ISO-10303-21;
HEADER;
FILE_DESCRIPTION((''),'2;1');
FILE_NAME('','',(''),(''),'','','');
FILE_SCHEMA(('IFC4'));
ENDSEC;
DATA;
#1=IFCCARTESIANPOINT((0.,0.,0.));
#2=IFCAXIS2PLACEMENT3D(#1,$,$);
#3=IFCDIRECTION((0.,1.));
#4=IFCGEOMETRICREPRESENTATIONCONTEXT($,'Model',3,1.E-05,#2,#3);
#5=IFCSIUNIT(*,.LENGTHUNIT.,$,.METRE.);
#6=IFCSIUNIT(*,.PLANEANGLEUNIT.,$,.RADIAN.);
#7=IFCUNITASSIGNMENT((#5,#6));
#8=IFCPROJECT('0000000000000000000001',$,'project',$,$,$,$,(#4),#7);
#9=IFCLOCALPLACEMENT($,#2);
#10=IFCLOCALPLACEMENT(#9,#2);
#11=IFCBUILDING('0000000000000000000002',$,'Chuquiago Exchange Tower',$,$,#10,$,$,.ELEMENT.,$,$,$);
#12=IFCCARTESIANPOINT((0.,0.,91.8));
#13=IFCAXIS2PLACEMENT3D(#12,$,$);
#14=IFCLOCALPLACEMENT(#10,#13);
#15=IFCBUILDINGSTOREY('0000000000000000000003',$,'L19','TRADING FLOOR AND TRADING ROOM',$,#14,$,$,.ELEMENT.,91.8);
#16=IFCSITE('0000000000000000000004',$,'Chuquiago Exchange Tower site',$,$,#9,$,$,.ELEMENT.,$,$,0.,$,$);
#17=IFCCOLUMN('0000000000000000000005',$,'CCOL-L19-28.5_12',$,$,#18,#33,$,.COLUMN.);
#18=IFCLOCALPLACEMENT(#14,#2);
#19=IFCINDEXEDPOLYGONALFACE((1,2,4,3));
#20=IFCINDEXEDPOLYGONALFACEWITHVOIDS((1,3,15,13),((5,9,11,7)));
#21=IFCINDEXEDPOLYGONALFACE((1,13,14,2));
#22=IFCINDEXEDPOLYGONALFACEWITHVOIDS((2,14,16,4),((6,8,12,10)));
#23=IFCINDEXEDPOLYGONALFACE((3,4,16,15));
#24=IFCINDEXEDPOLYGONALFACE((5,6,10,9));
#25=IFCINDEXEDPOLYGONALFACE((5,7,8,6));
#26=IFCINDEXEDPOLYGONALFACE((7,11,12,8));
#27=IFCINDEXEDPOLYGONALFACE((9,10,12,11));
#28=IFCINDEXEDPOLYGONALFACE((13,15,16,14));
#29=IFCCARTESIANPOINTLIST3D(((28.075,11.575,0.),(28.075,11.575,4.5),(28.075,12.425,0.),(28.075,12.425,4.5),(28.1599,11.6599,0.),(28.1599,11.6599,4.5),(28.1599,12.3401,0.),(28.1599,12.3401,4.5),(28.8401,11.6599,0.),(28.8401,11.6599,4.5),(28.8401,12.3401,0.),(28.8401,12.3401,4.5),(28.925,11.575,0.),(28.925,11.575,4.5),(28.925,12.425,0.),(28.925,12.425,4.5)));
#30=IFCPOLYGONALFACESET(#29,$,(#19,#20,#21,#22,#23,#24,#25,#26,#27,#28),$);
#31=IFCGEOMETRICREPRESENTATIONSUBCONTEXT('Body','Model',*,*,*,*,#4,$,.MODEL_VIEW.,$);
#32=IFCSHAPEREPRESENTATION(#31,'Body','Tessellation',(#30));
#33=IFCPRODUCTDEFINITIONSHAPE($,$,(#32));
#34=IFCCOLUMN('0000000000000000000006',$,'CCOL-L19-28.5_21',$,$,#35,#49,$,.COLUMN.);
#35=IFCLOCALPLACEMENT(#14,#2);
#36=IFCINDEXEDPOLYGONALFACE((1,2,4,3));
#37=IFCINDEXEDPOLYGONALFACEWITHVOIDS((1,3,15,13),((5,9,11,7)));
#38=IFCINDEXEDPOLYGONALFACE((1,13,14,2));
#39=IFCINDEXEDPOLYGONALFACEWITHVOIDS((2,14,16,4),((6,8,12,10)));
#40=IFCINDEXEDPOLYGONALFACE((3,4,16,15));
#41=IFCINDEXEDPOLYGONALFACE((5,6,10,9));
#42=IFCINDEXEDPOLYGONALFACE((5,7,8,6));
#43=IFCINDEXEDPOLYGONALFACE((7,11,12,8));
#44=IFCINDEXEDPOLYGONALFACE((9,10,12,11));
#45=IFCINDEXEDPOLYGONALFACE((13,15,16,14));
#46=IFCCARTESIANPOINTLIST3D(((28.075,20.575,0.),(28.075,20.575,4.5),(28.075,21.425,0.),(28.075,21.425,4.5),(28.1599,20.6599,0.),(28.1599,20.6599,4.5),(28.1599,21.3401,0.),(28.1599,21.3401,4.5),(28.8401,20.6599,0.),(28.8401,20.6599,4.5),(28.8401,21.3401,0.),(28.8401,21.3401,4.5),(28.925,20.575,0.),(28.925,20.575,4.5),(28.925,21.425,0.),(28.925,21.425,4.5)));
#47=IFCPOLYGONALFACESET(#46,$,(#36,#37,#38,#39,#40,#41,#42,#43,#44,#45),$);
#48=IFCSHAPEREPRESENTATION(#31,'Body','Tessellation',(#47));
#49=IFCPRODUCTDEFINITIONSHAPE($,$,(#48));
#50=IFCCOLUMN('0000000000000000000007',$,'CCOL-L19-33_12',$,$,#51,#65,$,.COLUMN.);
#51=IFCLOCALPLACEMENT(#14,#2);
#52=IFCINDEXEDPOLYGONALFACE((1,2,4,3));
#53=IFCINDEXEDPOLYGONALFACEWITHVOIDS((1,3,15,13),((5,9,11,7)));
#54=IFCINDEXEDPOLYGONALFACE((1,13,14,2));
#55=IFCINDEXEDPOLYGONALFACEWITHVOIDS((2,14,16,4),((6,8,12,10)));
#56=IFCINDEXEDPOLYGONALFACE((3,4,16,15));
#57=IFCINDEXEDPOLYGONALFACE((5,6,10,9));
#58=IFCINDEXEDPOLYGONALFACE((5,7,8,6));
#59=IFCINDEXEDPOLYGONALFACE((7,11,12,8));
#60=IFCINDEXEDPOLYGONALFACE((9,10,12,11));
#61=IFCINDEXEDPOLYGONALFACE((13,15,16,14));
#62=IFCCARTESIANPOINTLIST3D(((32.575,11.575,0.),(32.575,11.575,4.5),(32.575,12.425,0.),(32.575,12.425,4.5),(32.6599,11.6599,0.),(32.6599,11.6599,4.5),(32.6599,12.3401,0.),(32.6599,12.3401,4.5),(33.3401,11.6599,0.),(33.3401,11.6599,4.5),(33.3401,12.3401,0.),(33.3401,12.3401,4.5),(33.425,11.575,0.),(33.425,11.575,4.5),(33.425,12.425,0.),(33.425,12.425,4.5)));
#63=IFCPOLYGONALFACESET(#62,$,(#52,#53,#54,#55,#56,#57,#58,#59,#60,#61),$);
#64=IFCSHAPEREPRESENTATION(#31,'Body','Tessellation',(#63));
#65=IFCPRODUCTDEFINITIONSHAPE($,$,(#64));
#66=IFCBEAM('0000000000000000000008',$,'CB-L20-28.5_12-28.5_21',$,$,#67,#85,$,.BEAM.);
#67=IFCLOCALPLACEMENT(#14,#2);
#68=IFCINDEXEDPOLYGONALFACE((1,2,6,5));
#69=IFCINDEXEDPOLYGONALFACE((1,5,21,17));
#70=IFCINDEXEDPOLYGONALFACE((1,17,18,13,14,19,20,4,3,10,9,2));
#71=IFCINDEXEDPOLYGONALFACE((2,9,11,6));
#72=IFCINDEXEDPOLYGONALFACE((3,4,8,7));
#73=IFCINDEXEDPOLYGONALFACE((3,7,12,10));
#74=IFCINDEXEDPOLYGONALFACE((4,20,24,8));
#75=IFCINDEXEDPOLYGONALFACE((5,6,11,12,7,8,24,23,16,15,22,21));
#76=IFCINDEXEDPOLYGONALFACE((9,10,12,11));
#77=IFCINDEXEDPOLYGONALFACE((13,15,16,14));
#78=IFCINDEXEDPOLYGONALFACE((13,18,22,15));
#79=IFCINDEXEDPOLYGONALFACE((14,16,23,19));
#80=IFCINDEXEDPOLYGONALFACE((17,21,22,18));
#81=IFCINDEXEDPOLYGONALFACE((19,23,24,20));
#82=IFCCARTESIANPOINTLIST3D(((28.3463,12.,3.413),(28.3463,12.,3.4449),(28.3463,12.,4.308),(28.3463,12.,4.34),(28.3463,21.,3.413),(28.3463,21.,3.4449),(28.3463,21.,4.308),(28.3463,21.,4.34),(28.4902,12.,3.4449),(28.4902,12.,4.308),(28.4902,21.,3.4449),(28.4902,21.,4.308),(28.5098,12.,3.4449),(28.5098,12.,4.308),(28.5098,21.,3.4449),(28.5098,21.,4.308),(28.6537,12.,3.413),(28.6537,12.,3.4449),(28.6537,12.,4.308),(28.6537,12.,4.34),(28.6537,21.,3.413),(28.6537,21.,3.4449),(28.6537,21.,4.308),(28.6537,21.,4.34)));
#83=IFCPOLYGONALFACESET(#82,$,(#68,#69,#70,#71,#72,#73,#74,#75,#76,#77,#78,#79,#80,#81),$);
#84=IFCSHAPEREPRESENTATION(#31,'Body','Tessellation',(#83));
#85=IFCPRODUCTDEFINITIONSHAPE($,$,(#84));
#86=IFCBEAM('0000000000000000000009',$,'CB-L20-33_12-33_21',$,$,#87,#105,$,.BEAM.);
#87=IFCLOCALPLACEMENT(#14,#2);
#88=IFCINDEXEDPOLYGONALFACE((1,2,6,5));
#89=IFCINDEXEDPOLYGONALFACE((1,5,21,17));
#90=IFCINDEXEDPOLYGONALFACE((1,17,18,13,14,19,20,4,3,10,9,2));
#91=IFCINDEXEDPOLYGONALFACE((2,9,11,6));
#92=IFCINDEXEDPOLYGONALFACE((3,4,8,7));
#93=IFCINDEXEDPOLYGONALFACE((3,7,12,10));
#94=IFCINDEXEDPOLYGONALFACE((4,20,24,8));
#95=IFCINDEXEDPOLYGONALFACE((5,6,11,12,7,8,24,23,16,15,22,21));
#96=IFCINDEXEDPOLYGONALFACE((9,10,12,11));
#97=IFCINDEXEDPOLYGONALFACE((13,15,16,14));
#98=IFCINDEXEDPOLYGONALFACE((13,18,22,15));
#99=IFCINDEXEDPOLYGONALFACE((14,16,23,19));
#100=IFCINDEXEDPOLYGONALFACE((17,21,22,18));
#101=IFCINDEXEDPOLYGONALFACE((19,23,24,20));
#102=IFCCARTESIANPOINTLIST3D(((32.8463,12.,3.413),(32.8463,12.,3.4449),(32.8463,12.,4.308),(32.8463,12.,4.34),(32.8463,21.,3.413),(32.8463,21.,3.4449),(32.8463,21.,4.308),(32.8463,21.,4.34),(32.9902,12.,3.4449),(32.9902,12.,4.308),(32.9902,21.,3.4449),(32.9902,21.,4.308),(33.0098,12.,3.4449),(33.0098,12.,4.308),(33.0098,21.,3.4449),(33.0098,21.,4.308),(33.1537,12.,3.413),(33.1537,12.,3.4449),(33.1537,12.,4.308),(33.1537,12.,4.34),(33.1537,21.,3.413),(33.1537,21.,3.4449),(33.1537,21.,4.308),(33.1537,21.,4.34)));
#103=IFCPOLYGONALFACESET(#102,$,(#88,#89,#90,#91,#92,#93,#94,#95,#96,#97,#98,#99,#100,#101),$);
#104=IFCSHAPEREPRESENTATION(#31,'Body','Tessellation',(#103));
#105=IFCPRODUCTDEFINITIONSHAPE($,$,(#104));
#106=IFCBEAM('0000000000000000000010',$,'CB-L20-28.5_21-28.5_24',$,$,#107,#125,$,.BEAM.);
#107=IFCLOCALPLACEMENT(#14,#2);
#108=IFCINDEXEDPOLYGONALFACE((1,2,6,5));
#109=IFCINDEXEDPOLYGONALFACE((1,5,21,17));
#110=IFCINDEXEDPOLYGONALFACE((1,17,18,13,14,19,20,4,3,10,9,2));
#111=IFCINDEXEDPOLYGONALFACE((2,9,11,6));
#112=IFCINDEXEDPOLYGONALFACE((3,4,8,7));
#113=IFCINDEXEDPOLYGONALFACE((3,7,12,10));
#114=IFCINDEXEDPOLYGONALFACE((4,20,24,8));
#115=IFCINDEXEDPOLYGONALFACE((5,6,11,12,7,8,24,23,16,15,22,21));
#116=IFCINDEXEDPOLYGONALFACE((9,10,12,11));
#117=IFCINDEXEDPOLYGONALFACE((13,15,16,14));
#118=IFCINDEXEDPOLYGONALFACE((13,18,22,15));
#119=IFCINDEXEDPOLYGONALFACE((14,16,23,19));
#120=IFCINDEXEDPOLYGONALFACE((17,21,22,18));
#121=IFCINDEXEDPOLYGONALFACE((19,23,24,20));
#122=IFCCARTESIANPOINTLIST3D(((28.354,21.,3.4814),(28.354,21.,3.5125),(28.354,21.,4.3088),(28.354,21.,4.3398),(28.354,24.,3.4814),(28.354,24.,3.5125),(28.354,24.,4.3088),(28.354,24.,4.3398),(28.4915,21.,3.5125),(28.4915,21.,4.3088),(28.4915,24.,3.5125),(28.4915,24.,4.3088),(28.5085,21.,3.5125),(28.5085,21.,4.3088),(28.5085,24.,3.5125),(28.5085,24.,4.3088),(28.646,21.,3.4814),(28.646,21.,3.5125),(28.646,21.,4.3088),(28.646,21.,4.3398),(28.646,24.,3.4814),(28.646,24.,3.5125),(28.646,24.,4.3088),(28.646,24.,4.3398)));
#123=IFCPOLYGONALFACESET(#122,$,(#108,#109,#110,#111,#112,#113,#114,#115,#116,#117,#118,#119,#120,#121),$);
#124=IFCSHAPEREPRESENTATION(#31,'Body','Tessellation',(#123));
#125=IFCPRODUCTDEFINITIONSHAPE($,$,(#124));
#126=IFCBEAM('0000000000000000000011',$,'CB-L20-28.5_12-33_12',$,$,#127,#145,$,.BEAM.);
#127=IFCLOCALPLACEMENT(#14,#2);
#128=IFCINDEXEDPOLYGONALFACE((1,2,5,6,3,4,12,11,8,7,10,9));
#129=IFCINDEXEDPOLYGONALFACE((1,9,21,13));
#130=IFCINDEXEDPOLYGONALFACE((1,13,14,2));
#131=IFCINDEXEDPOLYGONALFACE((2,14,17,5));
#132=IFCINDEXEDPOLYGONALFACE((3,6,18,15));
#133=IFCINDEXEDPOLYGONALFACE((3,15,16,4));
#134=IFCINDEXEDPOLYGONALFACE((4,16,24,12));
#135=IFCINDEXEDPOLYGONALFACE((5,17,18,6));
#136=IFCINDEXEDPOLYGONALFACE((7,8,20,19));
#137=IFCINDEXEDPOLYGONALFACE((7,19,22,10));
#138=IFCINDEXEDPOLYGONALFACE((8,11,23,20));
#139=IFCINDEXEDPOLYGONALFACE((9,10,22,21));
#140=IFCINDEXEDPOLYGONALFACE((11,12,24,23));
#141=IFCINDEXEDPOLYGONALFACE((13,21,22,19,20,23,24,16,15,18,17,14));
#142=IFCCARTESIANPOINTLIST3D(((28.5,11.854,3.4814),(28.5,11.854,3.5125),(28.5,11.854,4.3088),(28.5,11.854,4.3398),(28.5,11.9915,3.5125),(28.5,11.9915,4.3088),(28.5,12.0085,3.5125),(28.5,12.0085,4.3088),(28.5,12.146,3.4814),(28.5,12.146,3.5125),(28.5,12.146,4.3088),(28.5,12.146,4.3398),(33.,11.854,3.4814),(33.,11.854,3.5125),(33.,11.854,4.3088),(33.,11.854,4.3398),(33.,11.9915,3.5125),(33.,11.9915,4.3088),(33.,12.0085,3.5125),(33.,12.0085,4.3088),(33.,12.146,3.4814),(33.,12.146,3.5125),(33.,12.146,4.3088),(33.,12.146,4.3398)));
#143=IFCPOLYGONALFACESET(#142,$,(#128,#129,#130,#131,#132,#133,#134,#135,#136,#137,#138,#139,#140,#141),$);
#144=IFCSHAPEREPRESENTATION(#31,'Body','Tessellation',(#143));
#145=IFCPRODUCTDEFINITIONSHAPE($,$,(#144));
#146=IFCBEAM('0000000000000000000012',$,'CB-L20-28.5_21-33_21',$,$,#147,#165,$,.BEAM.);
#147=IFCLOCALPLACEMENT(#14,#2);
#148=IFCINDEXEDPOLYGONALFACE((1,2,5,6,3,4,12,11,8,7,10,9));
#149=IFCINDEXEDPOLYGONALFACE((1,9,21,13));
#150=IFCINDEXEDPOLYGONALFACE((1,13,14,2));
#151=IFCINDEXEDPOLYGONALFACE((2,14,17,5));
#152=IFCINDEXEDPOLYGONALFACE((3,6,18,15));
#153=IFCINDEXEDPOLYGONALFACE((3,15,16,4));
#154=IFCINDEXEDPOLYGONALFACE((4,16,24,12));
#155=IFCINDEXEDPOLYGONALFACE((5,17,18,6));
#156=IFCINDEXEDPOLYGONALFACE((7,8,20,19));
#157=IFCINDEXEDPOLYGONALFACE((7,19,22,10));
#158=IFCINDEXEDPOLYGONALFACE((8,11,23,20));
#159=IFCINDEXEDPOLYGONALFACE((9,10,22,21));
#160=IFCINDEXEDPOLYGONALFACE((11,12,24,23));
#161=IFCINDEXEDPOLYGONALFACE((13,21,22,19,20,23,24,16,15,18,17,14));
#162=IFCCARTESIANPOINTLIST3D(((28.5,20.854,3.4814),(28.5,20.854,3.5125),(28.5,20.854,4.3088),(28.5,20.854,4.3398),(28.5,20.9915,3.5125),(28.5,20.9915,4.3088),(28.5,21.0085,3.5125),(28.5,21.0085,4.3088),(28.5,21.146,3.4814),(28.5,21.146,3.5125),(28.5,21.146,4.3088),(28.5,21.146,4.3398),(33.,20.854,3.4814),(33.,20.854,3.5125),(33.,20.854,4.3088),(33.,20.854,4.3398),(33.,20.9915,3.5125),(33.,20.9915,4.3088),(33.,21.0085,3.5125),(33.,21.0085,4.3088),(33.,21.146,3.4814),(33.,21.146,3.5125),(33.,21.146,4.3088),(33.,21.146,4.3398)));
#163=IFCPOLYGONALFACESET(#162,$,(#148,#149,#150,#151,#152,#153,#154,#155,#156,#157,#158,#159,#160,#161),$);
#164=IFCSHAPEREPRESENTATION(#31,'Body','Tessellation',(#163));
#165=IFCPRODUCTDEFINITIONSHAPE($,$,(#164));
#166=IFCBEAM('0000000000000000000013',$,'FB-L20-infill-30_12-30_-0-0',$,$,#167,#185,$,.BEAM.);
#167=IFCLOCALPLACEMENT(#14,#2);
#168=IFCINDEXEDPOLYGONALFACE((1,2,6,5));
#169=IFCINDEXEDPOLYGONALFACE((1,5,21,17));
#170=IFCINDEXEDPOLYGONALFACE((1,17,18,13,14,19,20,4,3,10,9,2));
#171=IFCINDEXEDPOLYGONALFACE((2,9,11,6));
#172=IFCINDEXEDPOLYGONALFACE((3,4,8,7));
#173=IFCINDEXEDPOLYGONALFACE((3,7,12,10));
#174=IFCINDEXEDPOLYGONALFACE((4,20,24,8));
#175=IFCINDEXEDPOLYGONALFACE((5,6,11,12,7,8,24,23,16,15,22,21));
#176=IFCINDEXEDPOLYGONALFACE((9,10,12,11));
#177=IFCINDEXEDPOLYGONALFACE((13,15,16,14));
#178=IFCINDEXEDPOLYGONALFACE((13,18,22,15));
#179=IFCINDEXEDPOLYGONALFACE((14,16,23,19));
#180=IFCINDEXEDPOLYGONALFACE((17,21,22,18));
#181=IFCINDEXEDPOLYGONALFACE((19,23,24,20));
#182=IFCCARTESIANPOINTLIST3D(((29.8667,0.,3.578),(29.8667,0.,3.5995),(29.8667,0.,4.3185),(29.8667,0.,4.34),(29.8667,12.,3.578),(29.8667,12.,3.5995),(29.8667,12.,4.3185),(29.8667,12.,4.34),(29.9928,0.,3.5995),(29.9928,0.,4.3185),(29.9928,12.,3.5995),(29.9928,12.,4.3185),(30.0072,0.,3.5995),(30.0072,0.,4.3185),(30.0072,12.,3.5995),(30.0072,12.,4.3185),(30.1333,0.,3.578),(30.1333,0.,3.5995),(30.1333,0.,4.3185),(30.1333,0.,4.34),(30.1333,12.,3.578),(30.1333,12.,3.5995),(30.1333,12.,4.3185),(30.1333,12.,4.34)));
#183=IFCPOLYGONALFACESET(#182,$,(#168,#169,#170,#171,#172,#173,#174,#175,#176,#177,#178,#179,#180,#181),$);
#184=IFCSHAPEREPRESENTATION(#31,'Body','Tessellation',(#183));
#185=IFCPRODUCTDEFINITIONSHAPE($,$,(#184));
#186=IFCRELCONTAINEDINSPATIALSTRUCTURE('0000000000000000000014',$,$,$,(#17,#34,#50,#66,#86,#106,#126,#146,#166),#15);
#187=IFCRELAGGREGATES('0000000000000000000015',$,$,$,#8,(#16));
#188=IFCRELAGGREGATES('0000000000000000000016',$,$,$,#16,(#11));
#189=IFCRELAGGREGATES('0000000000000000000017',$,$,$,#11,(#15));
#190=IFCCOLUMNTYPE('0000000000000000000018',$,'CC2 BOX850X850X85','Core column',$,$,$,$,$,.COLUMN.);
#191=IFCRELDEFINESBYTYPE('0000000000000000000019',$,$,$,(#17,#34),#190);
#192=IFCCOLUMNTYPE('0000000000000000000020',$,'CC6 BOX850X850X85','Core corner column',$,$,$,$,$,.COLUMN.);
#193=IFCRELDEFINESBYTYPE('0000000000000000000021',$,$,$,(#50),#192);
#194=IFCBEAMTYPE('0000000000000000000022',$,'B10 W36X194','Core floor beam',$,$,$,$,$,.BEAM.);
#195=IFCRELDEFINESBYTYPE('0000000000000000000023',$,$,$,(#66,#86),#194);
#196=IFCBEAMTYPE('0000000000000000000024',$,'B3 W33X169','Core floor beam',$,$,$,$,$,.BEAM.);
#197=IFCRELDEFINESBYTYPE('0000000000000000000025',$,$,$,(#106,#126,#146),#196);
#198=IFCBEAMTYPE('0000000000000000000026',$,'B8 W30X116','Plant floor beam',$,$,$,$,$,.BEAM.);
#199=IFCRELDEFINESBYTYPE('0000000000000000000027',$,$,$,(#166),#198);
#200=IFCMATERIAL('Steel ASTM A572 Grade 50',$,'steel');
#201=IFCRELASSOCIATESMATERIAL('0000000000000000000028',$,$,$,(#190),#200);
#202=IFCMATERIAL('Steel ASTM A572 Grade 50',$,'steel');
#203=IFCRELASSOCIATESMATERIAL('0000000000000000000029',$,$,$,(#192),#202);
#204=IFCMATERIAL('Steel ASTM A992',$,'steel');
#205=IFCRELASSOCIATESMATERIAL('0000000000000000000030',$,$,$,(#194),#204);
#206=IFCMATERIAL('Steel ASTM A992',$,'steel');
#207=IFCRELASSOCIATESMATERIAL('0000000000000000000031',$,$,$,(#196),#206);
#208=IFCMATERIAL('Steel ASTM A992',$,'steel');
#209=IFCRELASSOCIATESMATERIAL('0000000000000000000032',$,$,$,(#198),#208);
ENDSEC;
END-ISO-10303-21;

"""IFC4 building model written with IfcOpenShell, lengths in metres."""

from ifc_helpers import new_model, si_unit, direction, frame, origin, origin_2d, place, context, subcontext, project, spatial, hollow_rectangle, i_section, extrude, material, material_profile, profile_set, type_object, element, save


model = new_model("IFC4")

# Units and contexts
model_context = context("Model", 3, precision=1e-05, world=origin(), true_north=direction((0.0, 1.0)))
body_context = subcontext(model_context, "Body", "Model", "MODEL_VIEW")
ifc_project = project(units=[si_unit("LENGTHUNIT", "METRE"), si_unit("PLANEANGLEUNIT", "RADIAN")], contexts=[model_context])

# Site, building, storey
site_placement = place(None, origin())
site = spatial("IfcSite", under=ifc_project, at=site_placement, Name="Chuquiago Exchange Tower site", CompositionType="ELEMENT", RefElevation=0.0)
building_placement = place(site_placement, origin())
building = spatial("IfcBuilding", under=site, at=building_placement, Name="Chuquiago Exchange Tower", CompositionType="ELEMENT")
storey_placement = place(building_placement, frame((0.0, 0.0, 91.8)))
storey = spatial("IfcBuildingStorey", under=building, at=storey_placement, Name="L19", Description="TRADING FLOOR AND TRADING ROOM", CompositionType="ELEMENT", Elevation=91.8)

# Columns
ifc_material_1 = material(Name="Steel ASTM A572 Grade 50", Category="steel")
ifc_material_profile_1 = material_profile(ifc_material_1, hollow_rectangle(XDim=0.8501, YDim=0.8501, WallThickness=0.085, at=origin_2d()), Name="BOX850X850X85")
ifc_profile_set_1 = profile_set([ifc_material_profile_1], Name="Steel ASTM A572 Grade 50")
column_type_1 = type_object("IfcColumnType", Name="CC2 BOX850X850X85", Description="Core column", PredefinedType="COLUMN", material=ifc_profile_set_1)
for number, where, z_axis, x_axis, name in (
    (1, (28.5, 12.0, 0.0), (0.0, 0.0, 1.0), (1.0, 0.0, 0.0), "CCOL-L19-28.5_12"),
    (2, (28.5, 21.0, 0.0), (0.0, 0.0, 1.0), (1.0, 0.0, 0.0), "CCOL-L19-28.5_21"),
):
    element("IfcColumn", number, at=place(storey_placement, frame(where, z_axis=z_axis, x_axis=x_axis)), inside=storey, type_object=column_type_1, Name=name, PredefinedType="COLUMN", context=body_context, shape_type="SweptSolid", body=[
        extrude(hollow_rectangle(XDim=0.8501, YDim=0.8501, WallThickness=0.085, at=origin_2d()), origin(), (0.0, 0.0, 1.0), 4.5),
    ])
ifc_material_2 = material(Name="Steel ASTM A572 Grade 50", Category="steel")
ifc_material_profile_2 = material_profile(ifc_material_2, hollow_rectangle(XDim=0.8501, YDim=0.8501, WallThickness=0.085, at=origin_2d()), Name="BOX850X850X85")
ifc_profile_set_2 = profile_set([ifc_material_profile_2], Name="Steel ASTM A572 Grade 50")
column_type_2 = type_object("IfcColumnType", Name="CC6 BOX850X850X85", Description="Core corner column", PredefinedType="COLUMN", material=ifc_profile_set_2)
column_placement = place(storey_placement, frame((33.0, 12.0, 0.0), z_axis=(0.0, 0.0, 1.0), x_axis=(1.0, 0.0, 0.0)))
element("IfcColumn", 3, at=column_placement, inside=storey, type_object=column_type_2, Name="CCOL-L19-33_12", PredefinedType="COLUMN", context=body_context, shape_type="SweptSolid", body=[
    extrude(hollow_rectangle(XDim=0.8501, YDim=0.8501, WallThickness=0.085, at=origin_2d()), origin(), (0.0, 0.0, 1.0), 4.5),
])

# Beams
ifc_material_3 = material(Name="Steel ASTM A992", Category="steel")
ifc_material_profile_3 = material_profile(ifc_material_3, i_section(OverallWidth=0.3074, OverallDepth=0.927, WebThickness=0.0195, FlangeThickness=0.032, at=origin_2d()), Name="W36X194")
ifc_profile_set_3 = profile_set([ifc_material_profile_3], Name="Steel ASTM A992")
beam_type_1 = type_object("IfcBeamType", Name="B10 W36X194", Description="Core floor beam", PredefinedType="BEAM", material=ifc_profile_set_3)
for number, where, z_axis, x_axis, name in (
    (4, (28.5, 12.0, 3.8765), (0.0, 1.0, 0.0), (-1.0, 0.0, 0.0), "CB-L20-28.5_12-28.5_21"),
    (5, (33.0, 12.0, 3.8765), (0.0, 1.0, 0.0), (-1.0, 0.0, 0.0), "CB-L20-33_12-33_21"),
):
    element("IfcBeam", number, at=place(storey_placement, frame(where, z_axis=z_axis, x_axis=x_axis)), inside=storey, type_object=beam_type_1, Name=name, PredefinedType="BEAM", context=body_context, shape_type="SweptSolid", body=[
        extrude(i_section(OverallWidth=0.3074, OverallDepth=0.927, WebThickness=0.0195, FlangeThickness=0.032, at=origin_2d()), origin(), (0.0, 0.0, 1.0), 9.0),
    ])
ifc_material_4 = material(Name="Steel ASTM A992", Category="steel")
ifc_material_profile_4 = material_profile(ifc_material_4, i_section(OverallWidth=0.292, OverallDepth=0.8584, WebThickness=0.0171, FlangeThickness=0.031, at=origin_2d()), Name="W33X169")
ifc_profile_set_4 = profile_set([ifc_material_profile_4], Name="Steel ASTM A992")
beam_type_2 = type_object("IfcBeamType", Name="B3 W33X169", Description="Core floor beam", PredefinedType="BEAM", material=ifc_profile_set_4)
beam_placement = place(storey_placement, frame((28.5, 21.0, 3.9106), z_axis=(0.0, 1.0, 0.0), x_axis=(-1.0, 0.0, 0.0)))
element("IfcBeam", 6, at=beam_placement, inside=storey, type_object=beam_type_2, Name="CB-L20-28.5_21-28.5_24", PredefinedType="BEAM", context=body_context, shape_type="SweptSolid", body=[
    extrude(i_section(OverallWidth=0.292, OverallDepth=0.8584, WebThickness=0.0171, FlangeThickness=0.031, at=origin_2d()), origin(), (0.0, 0.0, 1.0), 3.0),
])
for number, where, z_axis, x_axis, name in (
    (7, (28.5, 12.0, 3.9106), (1.0, 0.0, 0.0), (0.0, 1.0, 0.0), "CB-L20-28.5_12-33_12"),
    (8, (28.5, 21.0, 3.9106), (1.0, 0.0, 0.0), (0.0, 1.0, 0.0), "CB-L20-28.5_21-33_21"),
):
    element("IfcBeam", number, at=place(storey_placement, frame(where, z_axis=z_axis, x_axis=x_axis)), inside=storey, type_object=beam_type_2, Name=name, PredefinedType="BEAM", context=body_context, shape_type="SweptSolid", body=[
        extrude(i_section(OverallWidth=0.292, OverallDepth=0.8584, WebThickness=0.0171, FlangeThickness=0.031, at=origin_2d()), origin(), (0.0, 0.0, 1.0), 4.5),
    ])
ifc_material_5 = material(Name="Steel ASTM A992", Category="steel")
ifc_material_profile_5 = material_profile(ifc_material_5, i_section(OverallWidth=0.2666, OverallDepth=0.762, WebThickness=0.0144, FlangeThickness=0.0215, at=origin_2d()), Name="W30X116")
ifc_profile_set_5 = profile_set([ifc_material_profile_5], Name="Steel ASTM A992")
beam_type_3 = type_object("IfcBeamType", Name="B8 W30X116", Description="Plant floor beam", PredefinedType="BEAM", material=ifc_profile_set_5)
for number, where, z_axis, x_axis, name in (
    (9, (30.0, 12.0, 3.959), (0.0, -1.0, 0.0), (1.0, 0.0, 0.0), "FB-L20-infill-30_12-30_-0-0"),
):
    element("IfcBeam", number, at=place(storey_placement, frame(where, z_axis=z_axis, x_axis=x_axis)), inside=storey, type_object=beam_type_3, Name=name, PredefinedType="BEAM", context=body_context, shape_type="SweptSolid", body=[
        extrude(i_section(OverallWidth=0.2666, OverallDepth=0.762, WebThickness=0.0144, FlangeThickness=0.0215, at=origin_2d()), origin(), (0.0, 0.0, 1.0), 12.0),
    ])

save(model, "model.ifc")
